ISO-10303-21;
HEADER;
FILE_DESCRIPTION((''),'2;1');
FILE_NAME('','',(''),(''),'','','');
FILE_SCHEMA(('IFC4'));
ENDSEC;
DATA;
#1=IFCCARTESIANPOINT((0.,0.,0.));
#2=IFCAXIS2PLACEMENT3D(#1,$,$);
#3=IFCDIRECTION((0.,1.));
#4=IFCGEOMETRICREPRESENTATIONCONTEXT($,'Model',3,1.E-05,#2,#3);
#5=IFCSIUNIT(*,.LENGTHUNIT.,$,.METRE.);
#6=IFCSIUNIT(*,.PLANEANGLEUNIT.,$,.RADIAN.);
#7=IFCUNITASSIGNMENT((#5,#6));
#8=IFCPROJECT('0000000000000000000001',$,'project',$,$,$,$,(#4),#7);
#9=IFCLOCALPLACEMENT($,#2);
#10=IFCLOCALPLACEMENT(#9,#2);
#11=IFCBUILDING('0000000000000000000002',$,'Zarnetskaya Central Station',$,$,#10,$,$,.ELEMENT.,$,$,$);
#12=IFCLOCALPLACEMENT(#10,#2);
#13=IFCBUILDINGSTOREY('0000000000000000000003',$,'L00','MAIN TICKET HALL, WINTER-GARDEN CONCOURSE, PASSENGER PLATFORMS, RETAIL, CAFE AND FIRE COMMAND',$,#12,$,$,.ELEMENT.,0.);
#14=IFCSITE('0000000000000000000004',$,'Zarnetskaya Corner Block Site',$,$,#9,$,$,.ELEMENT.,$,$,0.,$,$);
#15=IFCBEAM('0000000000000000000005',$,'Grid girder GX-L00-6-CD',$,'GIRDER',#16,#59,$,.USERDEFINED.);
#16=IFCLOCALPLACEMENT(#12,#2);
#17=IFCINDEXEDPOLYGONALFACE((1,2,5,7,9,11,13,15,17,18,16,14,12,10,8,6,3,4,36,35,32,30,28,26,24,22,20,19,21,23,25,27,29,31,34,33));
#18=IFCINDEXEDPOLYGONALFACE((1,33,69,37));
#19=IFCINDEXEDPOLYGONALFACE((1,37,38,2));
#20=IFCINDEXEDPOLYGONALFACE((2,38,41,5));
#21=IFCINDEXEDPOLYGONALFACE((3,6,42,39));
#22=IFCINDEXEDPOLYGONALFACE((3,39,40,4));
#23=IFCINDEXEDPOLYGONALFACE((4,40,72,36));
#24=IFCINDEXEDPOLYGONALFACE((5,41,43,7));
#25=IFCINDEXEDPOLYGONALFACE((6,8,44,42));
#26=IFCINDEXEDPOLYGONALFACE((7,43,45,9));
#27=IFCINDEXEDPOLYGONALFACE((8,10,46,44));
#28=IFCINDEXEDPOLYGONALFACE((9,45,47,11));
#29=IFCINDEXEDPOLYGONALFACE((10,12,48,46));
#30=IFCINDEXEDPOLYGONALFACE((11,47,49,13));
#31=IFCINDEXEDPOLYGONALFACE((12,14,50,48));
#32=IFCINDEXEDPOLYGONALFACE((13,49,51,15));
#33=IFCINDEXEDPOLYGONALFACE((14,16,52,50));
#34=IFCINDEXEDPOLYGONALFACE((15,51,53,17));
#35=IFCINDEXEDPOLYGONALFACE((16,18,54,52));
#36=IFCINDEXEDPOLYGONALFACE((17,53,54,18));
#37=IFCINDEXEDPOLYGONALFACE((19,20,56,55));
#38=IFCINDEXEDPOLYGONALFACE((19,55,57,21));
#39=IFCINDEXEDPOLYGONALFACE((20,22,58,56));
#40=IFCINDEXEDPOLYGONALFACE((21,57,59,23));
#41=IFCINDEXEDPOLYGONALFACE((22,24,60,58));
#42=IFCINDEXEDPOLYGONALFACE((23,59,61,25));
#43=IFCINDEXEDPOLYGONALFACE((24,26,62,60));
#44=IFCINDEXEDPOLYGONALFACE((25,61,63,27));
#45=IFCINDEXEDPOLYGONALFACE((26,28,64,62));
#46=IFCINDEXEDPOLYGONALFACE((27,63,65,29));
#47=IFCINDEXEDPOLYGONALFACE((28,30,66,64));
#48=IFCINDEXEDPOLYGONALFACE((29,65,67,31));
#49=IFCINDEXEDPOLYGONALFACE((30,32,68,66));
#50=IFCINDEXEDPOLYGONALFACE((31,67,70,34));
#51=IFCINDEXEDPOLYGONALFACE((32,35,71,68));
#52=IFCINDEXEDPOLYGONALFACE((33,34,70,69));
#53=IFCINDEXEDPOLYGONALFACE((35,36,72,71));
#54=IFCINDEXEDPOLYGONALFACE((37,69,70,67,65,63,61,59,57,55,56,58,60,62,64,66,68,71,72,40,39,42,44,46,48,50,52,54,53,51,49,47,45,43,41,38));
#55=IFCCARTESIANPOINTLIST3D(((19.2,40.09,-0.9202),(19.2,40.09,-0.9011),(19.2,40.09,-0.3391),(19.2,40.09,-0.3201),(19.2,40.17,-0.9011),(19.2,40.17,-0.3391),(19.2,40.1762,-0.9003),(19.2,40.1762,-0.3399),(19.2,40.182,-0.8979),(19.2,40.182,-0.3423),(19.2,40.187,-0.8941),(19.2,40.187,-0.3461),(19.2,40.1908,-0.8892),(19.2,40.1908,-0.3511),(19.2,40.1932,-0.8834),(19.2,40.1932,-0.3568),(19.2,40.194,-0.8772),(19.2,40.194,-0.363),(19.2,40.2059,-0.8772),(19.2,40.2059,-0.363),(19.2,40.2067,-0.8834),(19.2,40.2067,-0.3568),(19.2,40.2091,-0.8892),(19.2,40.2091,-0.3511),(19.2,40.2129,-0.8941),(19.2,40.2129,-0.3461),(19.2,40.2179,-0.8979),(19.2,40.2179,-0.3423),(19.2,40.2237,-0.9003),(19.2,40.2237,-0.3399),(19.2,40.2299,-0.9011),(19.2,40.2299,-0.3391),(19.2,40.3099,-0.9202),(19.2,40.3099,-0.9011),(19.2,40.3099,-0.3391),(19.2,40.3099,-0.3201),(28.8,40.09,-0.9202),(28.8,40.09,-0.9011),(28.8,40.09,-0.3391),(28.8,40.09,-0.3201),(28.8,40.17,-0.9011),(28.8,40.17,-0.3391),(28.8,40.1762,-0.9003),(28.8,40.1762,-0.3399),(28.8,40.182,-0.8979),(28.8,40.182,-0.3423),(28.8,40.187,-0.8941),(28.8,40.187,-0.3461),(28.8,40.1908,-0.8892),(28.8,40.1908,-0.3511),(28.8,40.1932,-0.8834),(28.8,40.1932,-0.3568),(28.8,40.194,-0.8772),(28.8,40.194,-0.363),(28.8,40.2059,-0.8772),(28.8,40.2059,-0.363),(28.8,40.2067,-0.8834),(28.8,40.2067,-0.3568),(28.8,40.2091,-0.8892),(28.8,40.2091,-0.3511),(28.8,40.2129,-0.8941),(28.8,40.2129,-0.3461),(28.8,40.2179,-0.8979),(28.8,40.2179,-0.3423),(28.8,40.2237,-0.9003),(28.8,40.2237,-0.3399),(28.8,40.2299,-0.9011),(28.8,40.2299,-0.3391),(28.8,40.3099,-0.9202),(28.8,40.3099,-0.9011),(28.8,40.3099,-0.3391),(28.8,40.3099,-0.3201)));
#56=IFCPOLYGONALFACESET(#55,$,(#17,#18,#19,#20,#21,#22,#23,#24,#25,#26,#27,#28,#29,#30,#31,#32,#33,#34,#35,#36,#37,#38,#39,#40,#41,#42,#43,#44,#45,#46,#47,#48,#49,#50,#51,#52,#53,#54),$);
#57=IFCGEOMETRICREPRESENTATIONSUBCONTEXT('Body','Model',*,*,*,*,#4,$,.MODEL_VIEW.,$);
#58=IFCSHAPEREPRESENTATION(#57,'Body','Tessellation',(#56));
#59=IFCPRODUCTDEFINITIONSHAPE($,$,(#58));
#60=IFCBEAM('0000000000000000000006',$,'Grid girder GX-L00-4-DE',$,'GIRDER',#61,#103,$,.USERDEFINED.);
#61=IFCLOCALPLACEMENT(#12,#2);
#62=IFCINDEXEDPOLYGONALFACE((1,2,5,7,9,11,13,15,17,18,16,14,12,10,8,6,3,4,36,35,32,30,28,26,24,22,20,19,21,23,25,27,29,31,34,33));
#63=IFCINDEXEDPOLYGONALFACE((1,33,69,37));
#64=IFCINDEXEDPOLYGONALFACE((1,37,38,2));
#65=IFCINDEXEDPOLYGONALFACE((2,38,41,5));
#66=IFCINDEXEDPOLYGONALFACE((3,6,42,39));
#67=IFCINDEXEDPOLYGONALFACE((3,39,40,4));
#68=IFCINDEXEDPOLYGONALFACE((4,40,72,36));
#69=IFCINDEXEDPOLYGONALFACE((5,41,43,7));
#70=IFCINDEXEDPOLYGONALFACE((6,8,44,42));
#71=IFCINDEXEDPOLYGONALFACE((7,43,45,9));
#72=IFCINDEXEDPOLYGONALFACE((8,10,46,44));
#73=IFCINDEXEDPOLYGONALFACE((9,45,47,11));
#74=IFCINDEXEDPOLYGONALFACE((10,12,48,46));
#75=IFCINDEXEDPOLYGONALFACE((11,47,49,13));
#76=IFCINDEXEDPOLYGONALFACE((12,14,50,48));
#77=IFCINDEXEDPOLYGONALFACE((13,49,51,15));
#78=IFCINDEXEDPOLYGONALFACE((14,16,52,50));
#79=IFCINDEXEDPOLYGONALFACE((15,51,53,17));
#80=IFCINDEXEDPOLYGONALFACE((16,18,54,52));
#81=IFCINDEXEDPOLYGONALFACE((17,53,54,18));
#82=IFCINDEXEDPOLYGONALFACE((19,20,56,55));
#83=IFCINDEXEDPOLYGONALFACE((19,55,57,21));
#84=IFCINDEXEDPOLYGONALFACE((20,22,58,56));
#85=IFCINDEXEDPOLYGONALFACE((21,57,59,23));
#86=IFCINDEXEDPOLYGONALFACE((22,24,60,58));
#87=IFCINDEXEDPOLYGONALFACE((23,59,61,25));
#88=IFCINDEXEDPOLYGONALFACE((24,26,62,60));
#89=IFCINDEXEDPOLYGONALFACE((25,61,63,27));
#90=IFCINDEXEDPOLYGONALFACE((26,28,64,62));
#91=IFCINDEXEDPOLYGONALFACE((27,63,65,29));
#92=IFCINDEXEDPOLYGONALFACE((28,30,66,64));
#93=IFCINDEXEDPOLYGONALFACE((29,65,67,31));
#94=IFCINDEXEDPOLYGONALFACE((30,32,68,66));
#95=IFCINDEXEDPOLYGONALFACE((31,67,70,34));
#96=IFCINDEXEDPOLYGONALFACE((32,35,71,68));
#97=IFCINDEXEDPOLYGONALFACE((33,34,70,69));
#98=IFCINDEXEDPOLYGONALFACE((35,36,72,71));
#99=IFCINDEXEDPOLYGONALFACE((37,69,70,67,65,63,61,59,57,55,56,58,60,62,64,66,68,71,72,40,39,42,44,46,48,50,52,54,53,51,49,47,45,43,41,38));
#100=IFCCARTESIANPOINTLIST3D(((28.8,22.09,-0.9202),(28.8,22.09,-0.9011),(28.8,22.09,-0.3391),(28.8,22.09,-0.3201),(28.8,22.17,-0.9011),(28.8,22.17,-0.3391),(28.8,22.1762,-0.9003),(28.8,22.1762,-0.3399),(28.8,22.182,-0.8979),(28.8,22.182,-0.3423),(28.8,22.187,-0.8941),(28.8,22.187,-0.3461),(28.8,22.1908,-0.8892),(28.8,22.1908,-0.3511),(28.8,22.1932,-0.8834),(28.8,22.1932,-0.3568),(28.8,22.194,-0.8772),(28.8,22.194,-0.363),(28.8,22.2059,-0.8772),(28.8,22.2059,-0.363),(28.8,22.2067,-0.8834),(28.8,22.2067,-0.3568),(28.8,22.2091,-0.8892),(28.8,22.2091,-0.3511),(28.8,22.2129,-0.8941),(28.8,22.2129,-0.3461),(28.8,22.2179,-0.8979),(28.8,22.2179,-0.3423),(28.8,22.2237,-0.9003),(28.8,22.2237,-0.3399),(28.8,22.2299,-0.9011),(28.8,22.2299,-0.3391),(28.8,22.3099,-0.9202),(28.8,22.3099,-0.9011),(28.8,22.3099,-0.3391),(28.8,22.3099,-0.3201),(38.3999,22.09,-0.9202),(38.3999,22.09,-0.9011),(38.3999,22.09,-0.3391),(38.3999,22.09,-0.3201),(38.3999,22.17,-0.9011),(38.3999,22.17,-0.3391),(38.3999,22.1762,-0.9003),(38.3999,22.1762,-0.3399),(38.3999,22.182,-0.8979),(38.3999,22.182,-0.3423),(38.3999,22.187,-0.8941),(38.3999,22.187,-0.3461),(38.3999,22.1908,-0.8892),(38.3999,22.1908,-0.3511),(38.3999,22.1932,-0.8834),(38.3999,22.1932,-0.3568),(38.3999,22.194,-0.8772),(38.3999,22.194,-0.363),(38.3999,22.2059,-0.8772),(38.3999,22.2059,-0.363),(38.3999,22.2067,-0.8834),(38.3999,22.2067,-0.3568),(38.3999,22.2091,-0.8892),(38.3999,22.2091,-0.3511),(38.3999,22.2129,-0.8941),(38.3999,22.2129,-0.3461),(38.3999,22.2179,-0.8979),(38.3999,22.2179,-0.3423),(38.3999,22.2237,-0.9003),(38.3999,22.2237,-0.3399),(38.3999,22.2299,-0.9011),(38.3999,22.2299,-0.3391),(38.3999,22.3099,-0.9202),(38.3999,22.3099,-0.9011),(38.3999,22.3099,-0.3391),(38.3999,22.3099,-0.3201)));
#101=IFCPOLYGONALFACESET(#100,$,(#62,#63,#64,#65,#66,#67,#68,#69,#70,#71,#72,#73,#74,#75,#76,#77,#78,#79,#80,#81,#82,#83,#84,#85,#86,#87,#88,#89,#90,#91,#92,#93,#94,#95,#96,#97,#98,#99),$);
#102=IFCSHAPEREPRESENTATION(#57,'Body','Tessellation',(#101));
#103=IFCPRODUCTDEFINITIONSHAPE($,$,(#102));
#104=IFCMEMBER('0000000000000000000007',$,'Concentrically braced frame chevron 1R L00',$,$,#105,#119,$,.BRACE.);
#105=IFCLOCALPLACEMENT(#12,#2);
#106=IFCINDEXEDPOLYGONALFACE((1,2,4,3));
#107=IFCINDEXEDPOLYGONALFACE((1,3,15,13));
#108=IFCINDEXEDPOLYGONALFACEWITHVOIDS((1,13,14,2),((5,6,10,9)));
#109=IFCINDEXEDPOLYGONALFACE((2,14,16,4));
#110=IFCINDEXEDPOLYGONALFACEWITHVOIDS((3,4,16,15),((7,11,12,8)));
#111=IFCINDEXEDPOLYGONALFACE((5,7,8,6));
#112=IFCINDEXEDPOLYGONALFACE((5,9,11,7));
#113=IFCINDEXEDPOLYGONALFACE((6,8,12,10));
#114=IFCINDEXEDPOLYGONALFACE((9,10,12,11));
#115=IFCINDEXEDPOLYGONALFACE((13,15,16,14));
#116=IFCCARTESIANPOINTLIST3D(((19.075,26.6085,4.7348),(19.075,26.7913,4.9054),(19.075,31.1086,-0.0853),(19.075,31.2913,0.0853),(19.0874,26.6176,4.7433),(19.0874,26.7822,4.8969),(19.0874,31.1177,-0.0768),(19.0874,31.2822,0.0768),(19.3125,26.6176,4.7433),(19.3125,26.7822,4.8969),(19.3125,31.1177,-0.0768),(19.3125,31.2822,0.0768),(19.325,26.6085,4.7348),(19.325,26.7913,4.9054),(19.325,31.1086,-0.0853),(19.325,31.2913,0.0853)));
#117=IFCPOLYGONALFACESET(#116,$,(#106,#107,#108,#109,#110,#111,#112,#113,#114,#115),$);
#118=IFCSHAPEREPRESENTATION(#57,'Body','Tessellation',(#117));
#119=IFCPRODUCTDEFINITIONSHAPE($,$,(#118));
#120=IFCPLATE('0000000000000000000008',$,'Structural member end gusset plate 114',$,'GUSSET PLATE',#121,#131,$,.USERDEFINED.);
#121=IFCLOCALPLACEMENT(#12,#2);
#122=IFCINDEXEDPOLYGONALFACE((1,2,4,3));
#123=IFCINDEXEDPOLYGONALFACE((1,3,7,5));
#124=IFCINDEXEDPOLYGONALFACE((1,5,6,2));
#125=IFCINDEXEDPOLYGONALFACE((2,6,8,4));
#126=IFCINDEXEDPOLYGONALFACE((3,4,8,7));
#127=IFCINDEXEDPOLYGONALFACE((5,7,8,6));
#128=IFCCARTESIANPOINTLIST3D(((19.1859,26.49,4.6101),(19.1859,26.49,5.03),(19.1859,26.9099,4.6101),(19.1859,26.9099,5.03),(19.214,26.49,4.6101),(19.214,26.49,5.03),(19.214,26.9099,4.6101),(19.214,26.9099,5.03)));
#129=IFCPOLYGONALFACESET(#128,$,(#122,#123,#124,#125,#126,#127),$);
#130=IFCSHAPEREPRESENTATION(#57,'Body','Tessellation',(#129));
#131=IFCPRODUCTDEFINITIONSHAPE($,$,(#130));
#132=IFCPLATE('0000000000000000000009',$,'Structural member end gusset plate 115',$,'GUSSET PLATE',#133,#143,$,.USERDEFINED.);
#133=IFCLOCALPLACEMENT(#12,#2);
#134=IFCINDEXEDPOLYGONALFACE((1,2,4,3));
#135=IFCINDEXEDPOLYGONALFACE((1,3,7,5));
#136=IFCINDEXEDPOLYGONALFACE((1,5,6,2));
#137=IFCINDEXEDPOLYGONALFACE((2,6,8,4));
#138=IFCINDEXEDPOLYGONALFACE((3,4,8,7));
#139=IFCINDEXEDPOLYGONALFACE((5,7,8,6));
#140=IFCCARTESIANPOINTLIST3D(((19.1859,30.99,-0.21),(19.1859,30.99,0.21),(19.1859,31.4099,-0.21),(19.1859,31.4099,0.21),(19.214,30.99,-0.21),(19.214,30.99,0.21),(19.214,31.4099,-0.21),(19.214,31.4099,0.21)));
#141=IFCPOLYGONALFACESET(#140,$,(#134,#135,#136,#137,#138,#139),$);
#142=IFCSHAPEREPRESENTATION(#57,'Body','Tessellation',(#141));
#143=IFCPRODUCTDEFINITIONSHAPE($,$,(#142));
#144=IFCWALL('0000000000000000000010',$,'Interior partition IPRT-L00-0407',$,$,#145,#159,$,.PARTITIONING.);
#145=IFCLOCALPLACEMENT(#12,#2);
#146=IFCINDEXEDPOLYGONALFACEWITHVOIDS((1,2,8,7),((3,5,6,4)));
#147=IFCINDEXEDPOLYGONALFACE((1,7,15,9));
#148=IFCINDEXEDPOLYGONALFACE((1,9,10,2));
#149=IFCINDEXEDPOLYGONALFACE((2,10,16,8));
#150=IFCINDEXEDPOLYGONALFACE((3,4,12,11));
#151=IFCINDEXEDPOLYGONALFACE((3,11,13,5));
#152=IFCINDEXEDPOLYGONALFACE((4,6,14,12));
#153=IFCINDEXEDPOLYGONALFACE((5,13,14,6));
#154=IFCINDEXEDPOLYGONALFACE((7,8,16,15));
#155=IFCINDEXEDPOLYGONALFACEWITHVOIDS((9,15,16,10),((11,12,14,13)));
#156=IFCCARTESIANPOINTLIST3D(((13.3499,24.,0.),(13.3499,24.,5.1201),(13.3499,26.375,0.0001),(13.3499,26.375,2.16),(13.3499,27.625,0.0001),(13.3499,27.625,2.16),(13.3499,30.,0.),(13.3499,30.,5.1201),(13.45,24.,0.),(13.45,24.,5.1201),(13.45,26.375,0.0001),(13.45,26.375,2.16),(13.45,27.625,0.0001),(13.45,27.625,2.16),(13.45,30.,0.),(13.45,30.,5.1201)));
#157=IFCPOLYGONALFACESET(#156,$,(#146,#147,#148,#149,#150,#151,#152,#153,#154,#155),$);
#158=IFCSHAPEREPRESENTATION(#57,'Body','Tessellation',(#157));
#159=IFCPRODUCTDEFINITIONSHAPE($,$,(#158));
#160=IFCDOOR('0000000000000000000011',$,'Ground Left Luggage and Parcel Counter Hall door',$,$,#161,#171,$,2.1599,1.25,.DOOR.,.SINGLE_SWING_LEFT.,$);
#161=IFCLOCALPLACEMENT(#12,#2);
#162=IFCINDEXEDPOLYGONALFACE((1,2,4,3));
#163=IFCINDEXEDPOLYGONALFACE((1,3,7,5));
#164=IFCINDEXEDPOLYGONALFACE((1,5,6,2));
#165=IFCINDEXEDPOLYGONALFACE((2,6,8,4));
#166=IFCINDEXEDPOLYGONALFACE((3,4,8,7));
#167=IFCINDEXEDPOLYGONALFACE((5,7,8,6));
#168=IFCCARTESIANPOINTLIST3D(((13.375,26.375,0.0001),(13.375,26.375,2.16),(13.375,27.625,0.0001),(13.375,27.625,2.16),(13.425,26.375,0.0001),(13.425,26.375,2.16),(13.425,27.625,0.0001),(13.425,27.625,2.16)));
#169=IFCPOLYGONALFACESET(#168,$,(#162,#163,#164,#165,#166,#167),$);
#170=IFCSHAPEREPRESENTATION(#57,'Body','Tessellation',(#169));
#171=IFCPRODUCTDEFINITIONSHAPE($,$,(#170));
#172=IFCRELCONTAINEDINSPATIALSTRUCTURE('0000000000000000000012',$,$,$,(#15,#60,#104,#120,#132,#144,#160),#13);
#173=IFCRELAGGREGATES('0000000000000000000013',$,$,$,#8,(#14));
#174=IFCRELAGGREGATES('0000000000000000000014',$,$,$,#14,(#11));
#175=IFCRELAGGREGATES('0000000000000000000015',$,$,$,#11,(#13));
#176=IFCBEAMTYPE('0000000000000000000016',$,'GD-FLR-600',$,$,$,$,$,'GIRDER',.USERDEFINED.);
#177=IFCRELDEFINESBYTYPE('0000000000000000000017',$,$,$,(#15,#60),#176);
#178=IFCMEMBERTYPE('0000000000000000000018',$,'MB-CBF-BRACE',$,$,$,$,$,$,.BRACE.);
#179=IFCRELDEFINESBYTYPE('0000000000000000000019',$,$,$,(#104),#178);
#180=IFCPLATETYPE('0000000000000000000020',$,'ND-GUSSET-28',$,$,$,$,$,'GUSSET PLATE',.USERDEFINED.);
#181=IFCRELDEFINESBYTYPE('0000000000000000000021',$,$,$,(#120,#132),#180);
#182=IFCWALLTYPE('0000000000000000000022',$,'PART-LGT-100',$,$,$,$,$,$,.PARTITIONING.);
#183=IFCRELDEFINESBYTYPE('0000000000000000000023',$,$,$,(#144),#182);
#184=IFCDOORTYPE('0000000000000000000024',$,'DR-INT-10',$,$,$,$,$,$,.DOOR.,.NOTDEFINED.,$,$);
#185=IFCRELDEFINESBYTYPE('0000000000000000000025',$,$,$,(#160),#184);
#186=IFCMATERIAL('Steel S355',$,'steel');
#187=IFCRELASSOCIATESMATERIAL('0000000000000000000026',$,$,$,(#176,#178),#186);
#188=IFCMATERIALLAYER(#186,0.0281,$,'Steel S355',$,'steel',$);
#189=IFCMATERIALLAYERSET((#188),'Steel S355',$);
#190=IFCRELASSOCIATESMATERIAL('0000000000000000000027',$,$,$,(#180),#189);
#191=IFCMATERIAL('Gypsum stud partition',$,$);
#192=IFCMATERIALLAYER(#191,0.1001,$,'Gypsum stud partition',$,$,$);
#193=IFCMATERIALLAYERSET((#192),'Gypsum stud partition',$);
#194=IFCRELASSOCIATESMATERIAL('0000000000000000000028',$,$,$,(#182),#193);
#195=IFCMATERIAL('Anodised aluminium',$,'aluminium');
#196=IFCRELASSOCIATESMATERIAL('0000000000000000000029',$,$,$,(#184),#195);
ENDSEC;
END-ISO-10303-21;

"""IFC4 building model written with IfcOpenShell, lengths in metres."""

from ifc_helpers import new_model, si_unit, direction, frame, frame_2d, origin, origin_2d, place, context, subcontext, project, spatial, rectangle, hollow_rectangle, i_section, extrude, material, layer, layer_set, material_profile, profile_set, type_object, element, fill, save


model = new_model("IFC4")

# Units and contexts
model_context = context("Model", 3, precision=1e-05, world=origin(), true_north=direction((0.0, 1.0)))
body_context = subcontext(model_context, "Body", "Model", "MODEL_VIEW")
ifc_project = project(units=[si_unit("LENGTHUNIT", "METRE"), si_unit("PLANEANGLEUNIT", "RADIAN")], contexts=[model_context])

# Site, building, storey
site_placement = place(None, origin())
site = spatial("IfcSite", under=ifc_project, at=site_placement, Name="Zarnetskaya Corner Block Site", CompositionType="ELEMENT", RefElevation=0.0)
building_placement = place(site_placement, origin())
building = spatial("IfcBuilding", under=site, at=building_placement, Name="Zarnetskaya Central Station", CompositionType="ELEMENT")
storey_placement = place(building_placement, origin())
storey = spatial("IfcBuildingStorey", under=building, at=storey_placement, Name="L00", Description="MAIN TICKET HALL, WINTER-GARDEN CONCOURSE, PASSENGER PLATFORMS, RETAIL, CAFE AND FIRE COMMAND", CompositionType="ELEMENT", Elevation=0.0)

# Shared definitions
ifc_material_1 = material(Name="Steel S355", Category="steel")

# Beams
ifc_material_profile_1 = material_profile(ifc_material_1, i_section(OverallWidth=0.22, OverallDepth=0.6001, WebThickness=0.012, FlangeThickness=0.019, FilletRadius=0.0239, at=origin_2d()), Name="IPE 600")
ifc_profile_set_1 = profile_set([ifc_material_profile_1], Name="Steel S355")
beam_type_1 = type_object("IfcBeamType", Name="GD-FLR-600", ElementType="GIRDER", PredefinedType="USERDEFINED", material=ifc_profile_set_1)
for number, where, z_axis, x_axis, name in (
    (1, (19.2, 40.2, -0.6201), (1.0, 0.0, 0.0), (0.0, 1.0, 0.0), "Grid girder GX-L00-6-CD"),
):
    element("IfcBeam", number, at=place(storey_placement, frame(where, z_axis=z_axis, x_axis=x_axis)), inside=storey, type_object=beam_type_1, Name=name, ObjectType="GIRDER", PredefinedType="USERDEFINED", context=body_context, shape_type="SweptSolid", body=[
        extrude(i_section(OverallWidth=0.22, OverallDepth=0.6001, WebThickness=0.012, FlangeThickness=0.019, FilletRadius=0.0239, at=origin_2d()), origin(), (0.0, 0.0, 1.0), 9.6001),
    ])
beam_1_placement = place(storey_placement, frame((28.8, 22.2, -0.6201), z_axis=(1.0, 0.0, 0.0), x_axis=(0.0, 1.0, 0.0)))
element("IfcBeam", 2, at=beam_1_placement, inside=storey, type_object=beam_type_1, Name="Grid girder GX-L00-4-DE", ObjectType="GIRDER", PredefinedType="USERDEFINED", context=body_context, shape_type="SweptSolid", body=[
    extrude(i_section(OverallWidth=0.22, OverallDepth=0.6001, WebThickness=0.012, FlangeThickness=0.019, FilletRadius=0.0239, at=origin_2d()), origin(), (0.0, 0.0, 1.0), 9.5999),
])

# Member
ifc_material_profile_2 = material_profile(ifc_material_1, hollow_rectangle(XDim=0.25, YDim=0.25, WallThickness=0.0125, at=origin_2d()), Name="SHS 250x250x12.5")
ifc_profile_set_2 = profile_set([ifc_material_profile_2], Name="Steel S355")
member_type = type_object("IfcMemberType", Name="MB-CBF-BRACE", PredefinedType="BRACE", material=ifc_profile_set_2)
member_placement = place(storey_placement, frame((19.2, 31.2, 0.0), z_axis=(0.0, -0.682421, 0.730959), x_axis=(1.0, 0.0, 0.0)))
element("IfcMember", 3, at=member_placement, inside=storey, type_object=member_type, Name="Concentrically braced frame chevron 1R L00", PredefinedType="BRACE", context=body_context, shape_type="SweptSolid", body=[
    extrude(hollow_rectangle(XDim=0.25, YDim=0.25, WallThickness=0.0125, at=origin_2d()), origin(), (0.0, 0.0, 1.0), 6.5942),
])

# Plates
ifc_layer_1 = layer(ifc_material_1, 0.0281, Name="Steel S355", Category="steel")
ifc_layer_set_1 = layer_set([ifc_layer_1], Name="Steel S355")
plate_type = type_object("IfcPlateType", Name="ND-GUSSET-28", ElementType="GUSSET PLATE", PredefinedType="USERDEFINED", material=ifc_layer_set_1)
for number, where, z_axis, x_axis, name in (
    (4, (19.2, 26.7, 4.6101), (0.0, 0.0, 1.0), (1.0, 0.0, 0.0), "Structural member end gusset plate 114"),
    (5, (19.2, 31.2, -0.21), (0.0, 0.0, 1.0), (1.0, 0.0, 0.0), "Structural member end gusset plate 115"),
):
    element("IfcPlate", number, at=place(storey_placement, frame(where, z_axis=z_axis, x_axis=x_axis)), inside=storey, type_object=plate_type, Name=name, ObjectType="GUSSET PLATE", PredefinedType="USERDEFINED", context=body_context, shape_type="SweptSolid", body=[
        extrude(rectangle(XDim=0.0281, YDim=0.4199, at=origin_2d()), origin(), (0.0, 0.0, 1.0), 0.4199),
    ])

# Wall, opening, door
ifc_material_2 = material(Name="Gypsum stud partition")
ifc_layer_2 = layer(ifc_material_2, 0.1001, Name="Gypsum stud partition")
ifc_layer_set_2 = layer_set([ifc_layer_2], Name="Gypsum stud partition")
wall_type = type_object("IfcWallType", Name="PART-LGT-100", PredefinedType="PARTITIONING", material=ifc_layer_set_2)
wall_placement = place(storey_placement, frame((13.3999, 24.0, 0.0), z_axis=(0.0, 0.0, 1.0), x_axis=(0.0, 1.0, 0.0)))
wall = element("IfcWall", 6, at=wall_placement, inside=storey, type_object=wall_type, Name="Interior partition IPRT-L00-0407", PredefinedType="PARTITIONING", context=body_context, shape_type="SweptSolid", body=[
    extrude(rectangle(XDim=6.0, YDim=0.1001, at=frame_2d((3.0, 0.0))), origin(), (0.0, 0.0, 1.0), 5.1201),
])
opening_placement = place(wall_placement, frame((2.375, 0.0, 0.0)))
opening = element("IfcOpeningElement", 7, at=opening_placement, cuts=wall, PredefinedType="OPENING", context=body_context, shape_type="SweptSolid", body=[
    extrude(rectangle(XDim=1.25, YDim=2.1599, at=frame_2d((0.625, 1.0801))), frame((0.0, 0.0601, 0.0), z_axis=(0.0, -1.0, 0.0), x_axis=(1.0, 0.0, 0.0)), (0.0, 0.0, 1.0), 0.1201),
])
ifc_material_3 = material(Name="Anodised aluminium", Category="aluminium")
door_type = type_object("IfcDoorType", Name="DR-INT-10", OperationType="NOTDEFINED", PredefinedType="DOOR", material=ifc_material_3)
door_placement = place(opening_placement, origin())
door = element("IfcDoor", 8, at=door_placement, inside=storey, type_object=door_type, Name="Ground Left Luggage and Parcel Counter Hall door", OperationType="SINGLE_SWING_LEFT", OverallHeight=2.1599, OverallWidth=1.25, PredefinedType="DOOR", context=body_context, shape_type="SweptSolid", body=[
    extrude(rectangle(XDim=1.25, YDim=2.1599, at=frame_2d((0.625, 1.0801))), frame((0.0, 0.0249, 0.0), z_axis=(0.0, -1.0, 0.0), x_axis=(1.0, 0.0, 0.0)), (0.0, 0.0, 1.0), 0.05),
])
fill(opening, door)

save(model, "model.ifc")
